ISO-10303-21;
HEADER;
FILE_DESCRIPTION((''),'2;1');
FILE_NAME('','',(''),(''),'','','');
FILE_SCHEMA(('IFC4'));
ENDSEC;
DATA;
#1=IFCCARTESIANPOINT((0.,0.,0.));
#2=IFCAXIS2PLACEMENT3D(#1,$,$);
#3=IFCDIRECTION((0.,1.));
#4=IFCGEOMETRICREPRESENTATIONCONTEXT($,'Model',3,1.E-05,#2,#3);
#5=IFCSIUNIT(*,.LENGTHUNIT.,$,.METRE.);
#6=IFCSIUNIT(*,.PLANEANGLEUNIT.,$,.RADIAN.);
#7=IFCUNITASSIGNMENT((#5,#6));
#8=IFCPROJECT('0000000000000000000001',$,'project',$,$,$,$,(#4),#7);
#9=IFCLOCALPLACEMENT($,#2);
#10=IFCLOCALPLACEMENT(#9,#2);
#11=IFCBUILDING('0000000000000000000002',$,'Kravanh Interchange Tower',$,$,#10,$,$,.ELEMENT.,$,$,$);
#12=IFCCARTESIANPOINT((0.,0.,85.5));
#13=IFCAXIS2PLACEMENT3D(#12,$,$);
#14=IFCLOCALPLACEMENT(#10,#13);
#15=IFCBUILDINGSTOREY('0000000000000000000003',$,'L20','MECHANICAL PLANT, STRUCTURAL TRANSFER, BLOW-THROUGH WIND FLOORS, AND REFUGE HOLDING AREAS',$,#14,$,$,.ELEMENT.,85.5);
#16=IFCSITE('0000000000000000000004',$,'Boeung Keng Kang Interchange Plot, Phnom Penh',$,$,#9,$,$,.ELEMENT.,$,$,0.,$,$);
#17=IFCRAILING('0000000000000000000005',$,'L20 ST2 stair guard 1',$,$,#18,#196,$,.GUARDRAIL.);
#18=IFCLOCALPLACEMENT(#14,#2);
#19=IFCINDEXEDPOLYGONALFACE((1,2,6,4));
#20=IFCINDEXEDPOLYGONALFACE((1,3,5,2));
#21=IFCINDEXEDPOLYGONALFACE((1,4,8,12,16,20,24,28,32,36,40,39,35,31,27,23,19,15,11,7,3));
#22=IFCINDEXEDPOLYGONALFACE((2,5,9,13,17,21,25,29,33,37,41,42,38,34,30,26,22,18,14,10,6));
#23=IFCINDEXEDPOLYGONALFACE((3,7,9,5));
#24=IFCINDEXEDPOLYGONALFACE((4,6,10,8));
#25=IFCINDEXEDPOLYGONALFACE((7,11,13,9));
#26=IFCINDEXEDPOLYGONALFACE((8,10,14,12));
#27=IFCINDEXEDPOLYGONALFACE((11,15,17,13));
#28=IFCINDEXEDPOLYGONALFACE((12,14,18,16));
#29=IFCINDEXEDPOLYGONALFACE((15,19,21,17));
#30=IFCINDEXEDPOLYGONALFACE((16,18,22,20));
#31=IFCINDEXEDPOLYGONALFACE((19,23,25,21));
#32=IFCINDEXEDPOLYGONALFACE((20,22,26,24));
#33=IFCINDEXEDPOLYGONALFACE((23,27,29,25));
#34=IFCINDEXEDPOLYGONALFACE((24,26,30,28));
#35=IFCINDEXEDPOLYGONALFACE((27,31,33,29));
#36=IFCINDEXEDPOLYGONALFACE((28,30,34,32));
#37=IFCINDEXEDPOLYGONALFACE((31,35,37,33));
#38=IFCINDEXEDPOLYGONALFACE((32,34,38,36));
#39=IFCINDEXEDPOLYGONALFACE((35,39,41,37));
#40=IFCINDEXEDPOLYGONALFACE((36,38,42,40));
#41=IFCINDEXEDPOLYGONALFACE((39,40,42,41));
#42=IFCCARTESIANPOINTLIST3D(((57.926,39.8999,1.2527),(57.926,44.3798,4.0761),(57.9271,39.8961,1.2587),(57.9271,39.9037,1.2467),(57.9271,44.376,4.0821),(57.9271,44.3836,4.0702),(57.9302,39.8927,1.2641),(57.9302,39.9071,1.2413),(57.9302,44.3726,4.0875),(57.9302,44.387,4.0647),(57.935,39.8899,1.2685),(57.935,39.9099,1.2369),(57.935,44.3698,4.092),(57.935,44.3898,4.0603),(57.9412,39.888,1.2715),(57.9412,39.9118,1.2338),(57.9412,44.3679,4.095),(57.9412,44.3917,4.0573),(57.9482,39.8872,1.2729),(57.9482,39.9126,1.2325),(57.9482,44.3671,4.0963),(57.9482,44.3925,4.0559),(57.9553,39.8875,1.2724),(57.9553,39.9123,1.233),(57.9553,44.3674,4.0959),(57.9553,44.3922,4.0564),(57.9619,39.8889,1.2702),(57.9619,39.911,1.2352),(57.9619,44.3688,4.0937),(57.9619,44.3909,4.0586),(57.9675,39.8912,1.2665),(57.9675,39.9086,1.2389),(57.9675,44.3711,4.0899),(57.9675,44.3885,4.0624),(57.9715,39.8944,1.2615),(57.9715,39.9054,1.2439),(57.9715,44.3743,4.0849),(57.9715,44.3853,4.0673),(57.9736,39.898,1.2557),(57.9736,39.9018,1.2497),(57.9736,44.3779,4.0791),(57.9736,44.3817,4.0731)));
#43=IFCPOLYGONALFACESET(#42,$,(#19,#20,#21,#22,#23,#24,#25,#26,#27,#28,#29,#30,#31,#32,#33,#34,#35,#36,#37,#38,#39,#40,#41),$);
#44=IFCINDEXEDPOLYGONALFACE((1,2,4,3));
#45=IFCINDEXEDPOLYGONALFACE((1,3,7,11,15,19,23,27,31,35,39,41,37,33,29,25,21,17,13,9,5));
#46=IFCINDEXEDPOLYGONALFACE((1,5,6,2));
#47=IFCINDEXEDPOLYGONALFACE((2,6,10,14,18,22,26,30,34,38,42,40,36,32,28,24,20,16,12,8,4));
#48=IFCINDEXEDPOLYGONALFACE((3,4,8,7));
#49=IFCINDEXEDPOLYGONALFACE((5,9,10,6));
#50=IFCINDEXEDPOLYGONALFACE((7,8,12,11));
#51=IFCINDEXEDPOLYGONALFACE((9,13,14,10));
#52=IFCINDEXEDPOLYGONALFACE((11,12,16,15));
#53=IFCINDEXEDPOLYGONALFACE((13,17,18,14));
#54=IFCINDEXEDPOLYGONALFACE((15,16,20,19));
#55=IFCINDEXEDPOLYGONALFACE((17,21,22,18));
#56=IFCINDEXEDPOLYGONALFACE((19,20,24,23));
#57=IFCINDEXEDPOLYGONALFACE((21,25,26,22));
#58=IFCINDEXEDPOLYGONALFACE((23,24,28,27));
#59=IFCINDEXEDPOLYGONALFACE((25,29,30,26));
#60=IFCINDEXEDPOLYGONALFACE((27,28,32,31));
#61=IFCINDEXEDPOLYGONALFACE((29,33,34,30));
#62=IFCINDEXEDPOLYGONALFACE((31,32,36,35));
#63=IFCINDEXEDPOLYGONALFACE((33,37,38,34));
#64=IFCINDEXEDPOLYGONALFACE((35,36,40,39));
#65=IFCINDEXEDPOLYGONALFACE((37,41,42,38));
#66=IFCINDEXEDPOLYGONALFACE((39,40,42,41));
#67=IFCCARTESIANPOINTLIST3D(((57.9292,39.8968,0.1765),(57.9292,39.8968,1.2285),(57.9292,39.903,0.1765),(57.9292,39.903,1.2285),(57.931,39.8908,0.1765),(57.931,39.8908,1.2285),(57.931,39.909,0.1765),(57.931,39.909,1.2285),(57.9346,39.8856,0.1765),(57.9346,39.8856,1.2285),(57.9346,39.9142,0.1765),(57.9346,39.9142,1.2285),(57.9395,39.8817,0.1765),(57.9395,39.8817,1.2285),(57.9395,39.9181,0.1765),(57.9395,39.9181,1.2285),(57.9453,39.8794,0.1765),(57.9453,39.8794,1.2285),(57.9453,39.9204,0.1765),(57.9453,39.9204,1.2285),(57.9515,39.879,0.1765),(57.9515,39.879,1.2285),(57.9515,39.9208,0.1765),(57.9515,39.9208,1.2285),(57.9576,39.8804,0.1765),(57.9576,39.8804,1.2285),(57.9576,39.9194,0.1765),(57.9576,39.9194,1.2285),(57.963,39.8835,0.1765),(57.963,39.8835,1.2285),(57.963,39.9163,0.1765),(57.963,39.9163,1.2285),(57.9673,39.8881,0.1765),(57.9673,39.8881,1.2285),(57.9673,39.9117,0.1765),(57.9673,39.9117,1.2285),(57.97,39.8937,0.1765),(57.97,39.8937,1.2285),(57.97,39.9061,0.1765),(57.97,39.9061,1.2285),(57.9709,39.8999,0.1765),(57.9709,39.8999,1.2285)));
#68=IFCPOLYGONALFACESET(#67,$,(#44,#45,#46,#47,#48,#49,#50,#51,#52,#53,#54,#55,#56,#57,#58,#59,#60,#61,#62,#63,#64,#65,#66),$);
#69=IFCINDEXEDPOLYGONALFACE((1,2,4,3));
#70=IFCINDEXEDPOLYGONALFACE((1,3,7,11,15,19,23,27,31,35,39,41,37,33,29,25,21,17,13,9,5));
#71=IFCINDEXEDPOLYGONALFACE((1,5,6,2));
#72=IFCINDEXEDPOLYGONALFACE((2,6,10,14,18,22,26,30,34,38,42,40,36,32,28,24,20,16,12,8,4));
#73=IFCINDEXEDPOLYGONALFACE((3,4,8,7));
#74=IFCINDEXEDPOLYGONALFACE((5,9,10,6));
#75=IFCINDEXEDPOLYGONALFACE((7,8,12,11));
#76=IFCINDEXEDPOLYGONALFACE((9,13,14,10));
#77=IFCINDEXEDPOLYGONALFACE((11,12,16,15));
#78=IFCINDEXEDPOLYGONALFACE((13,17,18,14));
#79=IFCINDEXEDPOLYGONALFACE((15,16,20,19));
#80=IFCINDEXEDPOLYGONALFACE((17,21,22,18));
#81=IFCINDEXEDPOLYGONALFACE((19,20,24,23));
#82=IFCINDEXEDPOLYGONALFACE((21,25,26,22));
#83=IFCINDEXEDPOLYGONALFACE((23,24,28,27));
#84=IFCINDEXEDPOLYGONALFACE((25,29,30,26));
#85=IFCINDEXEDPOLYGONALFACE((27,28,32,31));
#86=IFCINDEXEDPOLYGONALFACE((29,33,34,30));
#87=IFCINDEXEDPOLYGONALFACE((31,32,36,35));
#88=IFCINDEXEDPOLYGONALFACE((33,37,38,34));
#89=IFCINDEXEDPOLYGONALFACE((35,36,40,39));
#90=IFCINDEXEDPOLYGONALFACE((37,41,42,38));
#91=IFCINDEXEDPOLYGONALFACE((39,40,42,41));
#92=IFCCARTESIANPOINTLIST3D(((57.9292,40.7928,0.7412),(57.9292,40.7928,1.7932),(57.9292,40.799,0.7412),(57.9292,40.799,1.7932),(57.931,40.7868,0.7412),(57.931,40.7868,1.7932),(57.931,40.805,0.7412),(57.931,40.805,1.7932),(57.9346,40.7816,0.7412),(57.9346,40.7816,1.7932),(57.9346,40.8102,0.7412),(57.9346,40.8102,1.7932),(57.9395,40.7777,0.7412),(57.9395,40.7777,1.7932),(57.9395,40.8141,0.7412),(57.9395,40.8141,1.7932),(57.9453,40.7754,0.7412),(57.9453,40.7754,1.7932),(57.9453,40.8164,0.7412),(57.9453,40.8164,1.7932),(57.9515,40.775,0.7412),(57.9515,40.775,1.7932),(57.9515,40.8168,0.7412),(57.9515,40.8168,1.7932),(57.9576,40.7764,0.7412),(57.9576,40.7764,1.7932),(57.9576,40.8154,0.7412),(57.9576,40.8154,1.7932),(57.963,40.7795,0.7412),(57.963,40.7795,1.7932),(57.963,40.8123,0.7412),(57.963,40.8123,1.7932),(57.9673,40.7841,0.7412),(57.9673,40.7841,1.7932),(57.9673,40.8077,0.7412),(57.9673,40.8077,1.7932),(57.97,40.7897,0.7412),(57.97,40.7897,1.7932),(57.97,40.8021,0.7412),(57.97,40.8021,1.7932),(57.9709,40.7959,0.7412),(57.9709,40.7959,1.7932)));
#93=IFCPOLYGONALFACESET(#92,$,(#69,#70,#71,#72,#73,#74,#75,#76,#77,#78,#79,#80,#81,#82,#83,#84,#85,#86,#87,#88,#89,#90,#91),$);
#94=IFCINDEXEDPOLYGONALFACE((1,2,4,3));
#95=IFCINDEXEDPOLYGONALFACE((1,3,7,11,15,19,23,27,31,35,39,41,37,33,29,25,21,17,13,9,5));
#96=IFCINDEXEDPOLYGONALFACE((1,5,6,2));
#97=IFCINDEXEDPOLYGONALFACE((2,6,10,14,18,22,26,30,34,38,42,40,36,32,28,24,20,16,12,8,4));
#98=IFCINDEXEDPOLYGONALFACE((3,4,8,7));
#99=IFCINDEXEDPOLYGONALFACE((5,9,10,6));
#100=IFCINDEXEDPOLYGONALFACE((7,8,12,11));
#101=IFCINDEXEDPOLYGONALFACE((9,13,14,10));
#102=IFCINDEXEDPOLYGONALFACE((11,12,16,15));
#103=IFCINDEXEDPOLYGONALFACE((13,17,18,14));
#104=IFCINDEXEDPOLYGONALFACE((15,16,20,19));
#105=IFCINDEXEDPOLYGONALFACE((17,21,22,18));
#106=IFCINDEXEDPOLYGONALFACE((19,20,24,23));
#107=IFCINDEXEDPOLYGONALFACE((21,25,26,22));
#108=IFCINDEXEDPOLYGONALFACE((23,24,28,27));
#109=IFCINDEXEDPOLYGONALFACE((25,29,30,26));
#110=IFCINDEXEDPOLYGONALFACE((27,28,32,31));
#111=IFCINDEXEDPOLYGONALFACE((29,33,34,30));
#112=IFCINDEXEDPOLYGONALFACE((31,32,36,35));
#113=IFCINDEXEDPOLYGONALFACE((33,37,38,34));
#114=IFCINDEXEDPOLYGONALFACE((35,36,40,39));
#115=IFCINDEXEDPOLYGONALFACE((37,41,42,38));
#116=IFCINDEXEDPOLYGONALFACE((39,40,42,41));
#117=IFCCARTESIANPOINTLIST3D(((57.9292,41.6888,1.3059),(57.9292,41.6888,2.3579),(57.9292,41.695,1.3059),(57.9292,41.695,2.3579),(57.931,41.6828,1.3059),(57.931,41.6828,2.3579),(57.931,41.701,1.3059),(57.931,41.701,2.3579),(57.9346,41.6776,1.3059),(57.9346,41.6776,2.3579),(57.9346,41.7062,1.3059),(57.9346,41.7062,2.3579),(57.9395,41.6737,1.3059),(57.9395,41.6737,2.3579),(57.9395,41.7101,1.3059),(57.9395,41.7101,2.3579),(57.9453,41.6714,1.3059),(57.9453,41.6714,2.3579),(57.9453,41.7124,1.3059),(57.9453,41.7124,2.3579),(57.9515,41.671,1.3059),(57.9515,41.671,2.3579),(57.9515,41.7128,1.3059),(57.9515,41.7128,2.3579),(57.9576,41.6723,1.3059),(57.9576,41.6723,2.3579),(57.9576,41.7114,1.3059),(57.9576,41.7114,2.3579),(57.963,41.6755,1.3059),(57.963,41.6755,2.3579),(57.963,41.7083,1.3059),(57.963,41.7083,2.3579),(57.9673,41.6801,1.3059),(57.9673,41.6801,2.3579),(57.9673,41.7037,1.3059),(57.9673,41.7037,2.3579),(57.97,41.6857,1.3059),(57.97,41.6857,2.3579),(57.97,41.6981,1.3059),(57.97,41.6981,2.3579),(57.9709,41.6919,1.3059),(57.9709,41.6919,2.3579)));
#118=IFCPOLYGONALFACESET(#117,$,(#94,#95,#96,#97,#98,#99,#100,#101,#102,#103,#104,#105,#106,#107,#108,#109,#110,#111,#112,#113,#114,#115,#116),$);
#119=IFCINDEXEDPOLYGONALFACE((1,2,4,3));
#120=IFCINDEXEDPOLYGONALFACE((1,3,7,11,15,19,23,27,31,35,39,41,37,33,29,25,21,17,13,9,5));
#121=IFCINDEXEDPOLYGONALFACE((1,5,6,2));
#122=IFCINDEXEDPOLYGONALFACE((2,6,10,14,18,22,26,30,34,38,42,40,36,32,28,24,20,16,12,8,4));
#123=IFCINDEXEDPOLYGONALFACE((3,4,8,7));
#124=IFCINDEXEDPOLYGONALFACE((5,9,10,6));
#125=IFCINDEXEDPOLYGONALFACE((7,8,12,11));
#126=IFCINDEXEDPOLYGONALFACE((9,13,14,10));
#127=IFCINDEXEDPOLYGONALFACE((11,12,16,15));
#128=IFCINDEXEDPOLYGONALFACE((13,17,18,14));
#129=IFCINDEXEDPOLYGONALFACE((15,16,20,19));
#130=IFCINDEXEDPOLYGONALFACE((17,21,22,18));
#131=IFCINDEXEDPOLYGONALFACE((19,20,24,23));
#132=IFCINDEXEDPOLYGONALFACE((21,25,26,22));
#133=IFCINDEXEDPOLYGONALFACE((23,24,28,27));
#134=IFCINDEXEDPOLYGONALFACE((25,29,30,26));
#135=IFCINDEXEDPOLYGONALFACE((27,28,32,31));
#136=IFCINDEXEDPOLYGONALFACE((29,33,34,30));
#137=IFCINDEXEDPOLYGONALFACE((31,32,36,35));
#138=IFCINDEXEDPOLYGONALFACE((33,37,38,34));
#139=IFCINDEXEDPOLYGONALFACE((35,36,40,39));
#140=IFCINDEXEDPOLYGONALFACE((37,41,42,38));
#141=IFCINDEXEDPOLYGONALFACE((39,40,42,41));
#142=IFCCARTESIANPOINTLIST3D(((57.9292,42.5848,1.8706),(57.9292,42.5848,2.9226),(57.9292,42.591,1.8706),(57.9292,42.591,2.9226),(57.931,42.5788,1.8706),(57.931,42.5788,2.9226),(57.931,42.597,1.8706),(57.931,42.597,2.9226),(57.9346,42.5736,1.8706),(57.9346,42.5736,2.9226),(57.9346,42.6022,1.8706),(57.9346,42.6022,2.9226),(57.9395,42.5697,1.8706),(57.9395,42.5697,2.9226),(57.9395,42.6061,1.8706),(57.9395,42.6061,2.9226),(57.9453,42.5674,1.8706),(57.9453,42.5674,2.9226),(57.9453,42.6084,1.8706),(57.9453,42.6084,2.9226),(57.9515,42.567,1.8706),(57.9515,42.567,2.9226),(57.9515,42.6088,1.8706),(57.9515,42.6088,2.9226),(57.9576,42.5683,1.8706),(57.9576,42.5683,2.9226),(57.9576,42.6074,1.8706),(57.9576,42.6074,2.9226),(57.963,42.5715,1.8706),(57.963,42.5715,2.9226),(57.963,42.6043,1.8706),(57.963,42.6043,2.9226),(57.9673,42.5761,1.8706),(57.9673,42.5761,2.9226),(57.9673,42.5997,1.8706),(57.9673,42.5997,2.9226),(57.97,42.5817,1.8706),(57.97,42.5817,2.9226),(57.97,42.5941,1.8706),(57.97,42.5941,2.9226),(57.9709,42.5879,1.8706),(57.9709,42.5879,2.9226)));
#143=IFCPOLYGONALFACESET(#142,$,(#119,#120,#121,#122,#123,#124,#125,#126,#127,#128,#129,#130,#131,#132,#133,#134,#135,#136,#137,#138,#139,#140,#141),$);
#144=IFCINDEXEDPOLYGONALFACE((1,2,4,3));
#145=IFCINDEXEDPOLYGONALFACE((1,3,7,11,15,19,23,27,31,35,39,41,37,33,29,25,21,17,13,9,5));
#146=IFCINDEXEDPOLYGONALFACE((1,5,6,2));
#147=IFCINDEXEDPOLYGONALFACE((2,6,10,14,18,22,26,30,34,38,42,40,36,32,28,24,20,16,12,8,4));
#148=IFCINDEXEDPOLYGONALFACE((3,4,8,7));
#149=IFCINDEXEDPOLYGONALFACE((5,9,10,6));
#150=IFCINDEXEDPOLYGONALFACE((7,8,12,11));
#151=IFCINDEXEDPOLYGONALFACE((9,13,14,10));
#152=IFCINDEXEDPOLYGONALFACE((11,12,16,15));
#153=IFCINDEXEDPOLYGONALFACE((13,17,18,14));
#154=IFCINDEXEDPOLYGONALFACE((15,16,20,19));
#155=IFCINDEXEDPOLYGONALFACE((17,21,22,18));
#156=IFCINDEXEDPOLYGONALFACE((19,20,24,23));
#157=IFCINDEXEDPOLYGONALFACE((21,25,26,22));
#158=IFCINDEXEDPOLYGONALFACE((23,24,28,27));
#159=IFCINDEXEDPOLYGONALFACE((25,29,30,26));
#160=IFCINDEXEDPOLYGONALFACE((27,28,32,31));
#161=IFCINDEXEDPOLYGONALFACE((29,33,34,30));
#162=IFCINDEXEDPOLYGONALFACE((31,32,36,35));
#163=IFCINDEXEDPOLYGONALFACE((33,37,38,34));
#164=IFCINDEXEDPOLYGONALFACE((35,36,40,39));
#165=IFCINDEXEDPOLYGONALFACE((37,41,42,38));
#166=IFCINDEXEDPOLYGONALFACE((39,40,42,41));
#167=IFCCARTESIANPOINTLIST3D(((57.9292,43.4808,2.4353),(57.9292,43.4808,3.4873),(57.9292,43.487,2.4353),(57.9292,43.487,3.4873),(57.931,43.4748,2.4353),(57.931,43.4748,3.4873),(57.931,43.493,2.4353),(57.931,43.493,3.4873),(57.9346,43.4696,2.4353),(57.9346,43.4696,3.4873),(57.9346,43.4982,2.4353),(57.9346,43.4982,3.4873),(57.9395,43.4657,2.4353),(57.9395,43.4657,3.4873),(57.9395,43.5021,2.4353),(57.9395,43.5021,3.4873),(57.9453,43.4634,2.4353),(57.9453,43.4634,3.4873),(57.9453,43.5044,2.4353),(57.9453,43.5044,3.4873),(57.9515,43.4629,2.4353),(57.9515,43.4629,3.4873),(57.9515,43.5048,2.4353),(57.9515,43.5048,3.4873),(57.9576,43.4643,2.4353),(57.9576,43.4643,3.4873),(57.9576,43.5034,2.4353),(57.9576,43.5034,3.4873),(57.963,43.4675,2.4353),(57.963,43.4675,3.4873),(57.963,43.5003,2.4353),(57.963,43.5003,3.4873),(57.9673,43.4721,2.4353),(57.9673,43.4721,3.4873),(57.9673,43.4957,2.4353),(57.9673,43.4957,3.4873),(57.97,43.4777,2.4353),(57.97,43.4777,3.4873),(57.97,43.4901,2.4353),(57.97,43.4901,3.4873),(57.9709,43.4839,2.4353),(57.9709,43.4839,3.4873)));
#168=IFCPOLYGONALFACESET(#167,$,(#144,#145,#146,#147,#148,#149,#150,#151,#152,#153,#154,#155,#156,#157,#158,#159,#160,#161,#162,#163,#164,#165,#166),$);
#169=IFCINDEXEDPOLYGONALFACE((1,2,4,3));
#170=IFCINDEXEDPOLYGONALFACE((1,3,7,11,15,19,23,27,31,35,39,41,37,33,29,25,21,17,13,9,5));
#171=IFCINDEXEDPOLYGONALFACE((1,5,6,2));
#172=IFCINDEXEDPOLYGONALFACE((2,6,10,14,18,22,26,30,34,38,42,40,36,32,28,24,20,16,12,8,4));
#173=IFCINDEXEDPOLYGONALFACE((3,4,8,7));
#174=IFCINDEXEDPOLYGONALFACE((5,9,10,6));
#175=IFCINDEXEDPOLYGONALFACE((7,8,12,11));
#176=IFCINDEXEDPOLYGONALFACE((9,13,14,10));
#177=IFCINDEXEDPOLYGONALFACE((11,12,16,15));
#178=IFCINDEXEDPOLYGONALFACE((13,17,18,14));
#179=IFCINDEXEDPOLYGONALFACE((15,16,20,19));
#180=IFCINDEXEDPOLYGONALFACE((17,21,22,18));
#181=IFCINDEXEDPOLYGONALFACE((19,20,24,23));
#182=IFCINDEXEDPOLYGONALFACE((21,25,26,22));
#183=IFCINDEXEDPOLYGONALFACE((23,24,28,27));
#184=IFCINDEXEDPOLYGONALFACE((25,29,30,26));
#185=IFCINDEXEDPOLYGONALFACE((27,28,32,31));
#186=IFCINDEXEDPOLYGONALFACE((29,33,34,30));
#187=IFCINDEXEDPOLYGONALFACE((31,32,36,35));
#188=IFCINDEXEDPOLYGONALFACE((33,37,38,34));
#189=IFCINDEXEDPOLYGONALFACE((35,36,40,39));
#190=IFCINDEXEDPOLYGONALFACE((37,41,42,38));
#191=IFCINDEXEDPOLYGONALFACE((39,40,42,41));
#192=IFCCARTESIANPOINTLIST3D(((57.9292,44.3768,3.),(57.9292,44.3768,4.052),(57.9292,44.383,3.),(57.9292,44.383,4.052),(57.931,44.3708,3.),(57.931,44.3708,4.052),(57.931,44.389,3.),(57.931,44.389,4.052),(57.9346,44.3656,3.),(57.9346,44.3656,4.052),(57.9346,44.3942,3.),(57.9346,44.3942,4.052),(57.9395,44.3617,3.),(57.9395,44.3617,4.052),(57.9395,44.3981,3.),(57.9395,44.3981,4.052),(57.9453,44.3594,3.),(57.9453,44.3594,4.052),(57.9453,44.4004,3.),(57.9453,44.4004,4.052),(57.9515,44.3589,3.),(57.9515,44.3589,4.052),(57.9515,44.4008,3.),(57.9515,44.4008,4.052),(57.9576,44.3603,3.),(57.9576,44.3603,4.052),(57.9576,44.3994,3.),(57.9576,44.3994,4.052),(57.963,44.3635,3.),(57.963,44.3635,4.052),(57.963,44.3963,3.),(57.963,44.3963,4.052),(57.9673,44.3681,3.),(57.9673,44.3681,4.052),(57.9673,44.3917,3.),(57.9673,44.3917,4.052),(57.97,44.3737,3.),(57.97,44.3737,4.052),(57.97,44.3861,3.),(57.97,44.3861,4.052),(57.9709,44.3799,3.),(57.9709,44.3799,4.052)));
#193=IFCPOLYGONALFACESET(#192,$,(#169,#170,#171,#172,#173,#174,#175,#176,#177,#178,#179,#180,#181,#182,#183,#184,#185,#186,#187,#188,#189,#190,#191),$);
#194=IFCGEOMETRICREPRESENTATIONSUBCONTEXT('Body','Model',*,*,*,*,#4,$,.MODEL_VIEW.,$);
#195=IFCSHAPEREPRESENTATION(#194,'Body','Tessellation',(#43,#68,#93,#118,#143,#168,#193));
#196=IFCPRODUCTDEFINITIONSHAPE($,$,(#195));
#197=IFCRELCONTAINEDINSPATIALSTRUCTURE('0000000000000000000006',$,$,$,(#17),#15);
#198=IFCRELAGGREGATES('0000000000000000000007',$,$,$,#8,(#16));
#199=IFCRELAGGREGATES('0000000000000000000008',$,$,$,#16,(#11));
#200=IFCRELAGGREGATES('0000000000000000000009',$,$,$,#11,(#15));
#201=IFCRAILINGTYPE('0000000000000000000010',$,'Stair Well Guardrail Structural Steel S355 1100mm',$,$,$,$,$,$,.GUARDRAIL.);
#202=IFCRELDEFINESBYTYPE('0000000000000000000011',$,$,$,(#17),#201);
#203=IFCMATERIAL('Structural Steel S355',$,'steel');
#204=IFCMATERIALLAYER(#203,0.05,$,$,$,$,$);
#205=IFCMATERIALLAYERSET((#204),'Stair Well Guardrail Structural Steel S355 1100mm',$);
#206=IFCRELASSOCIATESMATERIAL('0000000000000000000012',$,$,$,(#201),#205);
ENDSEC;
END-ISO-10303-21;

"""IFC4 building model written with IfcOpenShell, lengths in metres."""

from ifc_helpers import new_model, si_unit, direction, frame, origin, origin_2d, place, context, subcontext, project, spatial, circle, extrude, material, layer, layer_set, type_object, element, save


model = new_model("IFC4")

# Units and contexts
model_context = context("Model", 3, precision=1e-05, world=origin(), true_north=direction((0.0, 1.0)))
body_context = subcontext(model_context, "Body", "Model", "MODEL_VIEW")
ifc_project = project(units=[si_unit("LENGTHUNIT", "METRE"), si_unit("PLANEANGLEUNIT", "RADIAN")], contexts=[model_context])

# Site, building, storey
site_placement = place(None, origin())
site = spatial("IfcSite", under=ifc_project, at=site_placement, Name="Boeung Keng Kang Interchange Plot, Phnom Penh", CompositionType="ELEMENT", RefElevation=0.0)
building_placement = place(site_placement, origin())
building = spatial("IfcBuilding", under=site, at=building_placement, Name="Kravanh Interchange Tower", CompositionType="ELEMENT")
storey_placement = place(building_placement, frame((0.0, 0.0, 85.5)))
storey = spatial("IfcBuildingStorey", under=building, at=storey_placement, Name="L20", Description="MECHANICAL PLANT, STRUCTURAL TRANSFER, BLOW-THROUGH WIND FLOORS, AND REFUGE HOLDING AREAS", CompositionType="ELEMENT", Elevation=85.5)

# Railing
ifc_material_1 = material(Name="Structural Steel S355", Category="steel")
ifc_layer_1 = layer(ifc_material_1, 0.05)
ifc_layer_set_1 = layer_set([ifc_layer_1], Name="Stair Well Guardrail Structural Steel S355 1100mm")
railing_type_1 = type_object("IfcRailingType", Name="Stair Well Guardrail Structural Steel S355 1100mm", PredefinedType="GUARDRAIL", material=ifc_layer_set_1)
railing_1_placement = place(storey_placement, frame((57.95, 39.8999, 0.1765)))
element("IfcRailing", 1, at=railing_1_placement, inside=storey, type_object=railing_type_1, Name="L20 ST2 stair guard 1", PredefinedType="GUARDRAIL", context=body_context, shape_type="SweptSolid", body=[
    extrude(circle(Radius=0.0239, at=origin_2d()), frame((0.0, 0.0, 1.0762), z_axis=(0.0, 0.845998, 0.533186), x_axis=(-1.0, 0.0, 0.0)), (0.0, 0.0, 1.0), 5.2954),
    extrude(circle(Radius=0.021, at=origin_2d()), origin(), (0.0, 0.0, 1.0), 1.052),
    extrude(circle(Radius=0.021, at=origin_2d()), frame((0.0, 0.896, 0.5647)), (0.0, 0.0, 1.0), 1.052),
    extrude(circle(Radius=0.021, at=origin_2d()), frame((0.0, 1.792, 1.1294)), (0.0, 0.0, 1.0), 1.052),
    extrude(circle(Radius=0.021, at=origin_2d()), frame((0.0, 2.688, 1.6941)), (0.0, 0.0, 1.0), 1.052),
    extrude(circle(Radius=0.021, at=origin_2d()), frame((0.0, 3.584, 2.2588)), (0.0, 0.0, 1.0), 1.052),
    extrude(circle(Radius=0.021, at=origin_2d()), frame((0.0, 4.48, 2.8235)), (0.0, 0.0, 1.0), 1.052),
])

save(model, "model.ifc")
